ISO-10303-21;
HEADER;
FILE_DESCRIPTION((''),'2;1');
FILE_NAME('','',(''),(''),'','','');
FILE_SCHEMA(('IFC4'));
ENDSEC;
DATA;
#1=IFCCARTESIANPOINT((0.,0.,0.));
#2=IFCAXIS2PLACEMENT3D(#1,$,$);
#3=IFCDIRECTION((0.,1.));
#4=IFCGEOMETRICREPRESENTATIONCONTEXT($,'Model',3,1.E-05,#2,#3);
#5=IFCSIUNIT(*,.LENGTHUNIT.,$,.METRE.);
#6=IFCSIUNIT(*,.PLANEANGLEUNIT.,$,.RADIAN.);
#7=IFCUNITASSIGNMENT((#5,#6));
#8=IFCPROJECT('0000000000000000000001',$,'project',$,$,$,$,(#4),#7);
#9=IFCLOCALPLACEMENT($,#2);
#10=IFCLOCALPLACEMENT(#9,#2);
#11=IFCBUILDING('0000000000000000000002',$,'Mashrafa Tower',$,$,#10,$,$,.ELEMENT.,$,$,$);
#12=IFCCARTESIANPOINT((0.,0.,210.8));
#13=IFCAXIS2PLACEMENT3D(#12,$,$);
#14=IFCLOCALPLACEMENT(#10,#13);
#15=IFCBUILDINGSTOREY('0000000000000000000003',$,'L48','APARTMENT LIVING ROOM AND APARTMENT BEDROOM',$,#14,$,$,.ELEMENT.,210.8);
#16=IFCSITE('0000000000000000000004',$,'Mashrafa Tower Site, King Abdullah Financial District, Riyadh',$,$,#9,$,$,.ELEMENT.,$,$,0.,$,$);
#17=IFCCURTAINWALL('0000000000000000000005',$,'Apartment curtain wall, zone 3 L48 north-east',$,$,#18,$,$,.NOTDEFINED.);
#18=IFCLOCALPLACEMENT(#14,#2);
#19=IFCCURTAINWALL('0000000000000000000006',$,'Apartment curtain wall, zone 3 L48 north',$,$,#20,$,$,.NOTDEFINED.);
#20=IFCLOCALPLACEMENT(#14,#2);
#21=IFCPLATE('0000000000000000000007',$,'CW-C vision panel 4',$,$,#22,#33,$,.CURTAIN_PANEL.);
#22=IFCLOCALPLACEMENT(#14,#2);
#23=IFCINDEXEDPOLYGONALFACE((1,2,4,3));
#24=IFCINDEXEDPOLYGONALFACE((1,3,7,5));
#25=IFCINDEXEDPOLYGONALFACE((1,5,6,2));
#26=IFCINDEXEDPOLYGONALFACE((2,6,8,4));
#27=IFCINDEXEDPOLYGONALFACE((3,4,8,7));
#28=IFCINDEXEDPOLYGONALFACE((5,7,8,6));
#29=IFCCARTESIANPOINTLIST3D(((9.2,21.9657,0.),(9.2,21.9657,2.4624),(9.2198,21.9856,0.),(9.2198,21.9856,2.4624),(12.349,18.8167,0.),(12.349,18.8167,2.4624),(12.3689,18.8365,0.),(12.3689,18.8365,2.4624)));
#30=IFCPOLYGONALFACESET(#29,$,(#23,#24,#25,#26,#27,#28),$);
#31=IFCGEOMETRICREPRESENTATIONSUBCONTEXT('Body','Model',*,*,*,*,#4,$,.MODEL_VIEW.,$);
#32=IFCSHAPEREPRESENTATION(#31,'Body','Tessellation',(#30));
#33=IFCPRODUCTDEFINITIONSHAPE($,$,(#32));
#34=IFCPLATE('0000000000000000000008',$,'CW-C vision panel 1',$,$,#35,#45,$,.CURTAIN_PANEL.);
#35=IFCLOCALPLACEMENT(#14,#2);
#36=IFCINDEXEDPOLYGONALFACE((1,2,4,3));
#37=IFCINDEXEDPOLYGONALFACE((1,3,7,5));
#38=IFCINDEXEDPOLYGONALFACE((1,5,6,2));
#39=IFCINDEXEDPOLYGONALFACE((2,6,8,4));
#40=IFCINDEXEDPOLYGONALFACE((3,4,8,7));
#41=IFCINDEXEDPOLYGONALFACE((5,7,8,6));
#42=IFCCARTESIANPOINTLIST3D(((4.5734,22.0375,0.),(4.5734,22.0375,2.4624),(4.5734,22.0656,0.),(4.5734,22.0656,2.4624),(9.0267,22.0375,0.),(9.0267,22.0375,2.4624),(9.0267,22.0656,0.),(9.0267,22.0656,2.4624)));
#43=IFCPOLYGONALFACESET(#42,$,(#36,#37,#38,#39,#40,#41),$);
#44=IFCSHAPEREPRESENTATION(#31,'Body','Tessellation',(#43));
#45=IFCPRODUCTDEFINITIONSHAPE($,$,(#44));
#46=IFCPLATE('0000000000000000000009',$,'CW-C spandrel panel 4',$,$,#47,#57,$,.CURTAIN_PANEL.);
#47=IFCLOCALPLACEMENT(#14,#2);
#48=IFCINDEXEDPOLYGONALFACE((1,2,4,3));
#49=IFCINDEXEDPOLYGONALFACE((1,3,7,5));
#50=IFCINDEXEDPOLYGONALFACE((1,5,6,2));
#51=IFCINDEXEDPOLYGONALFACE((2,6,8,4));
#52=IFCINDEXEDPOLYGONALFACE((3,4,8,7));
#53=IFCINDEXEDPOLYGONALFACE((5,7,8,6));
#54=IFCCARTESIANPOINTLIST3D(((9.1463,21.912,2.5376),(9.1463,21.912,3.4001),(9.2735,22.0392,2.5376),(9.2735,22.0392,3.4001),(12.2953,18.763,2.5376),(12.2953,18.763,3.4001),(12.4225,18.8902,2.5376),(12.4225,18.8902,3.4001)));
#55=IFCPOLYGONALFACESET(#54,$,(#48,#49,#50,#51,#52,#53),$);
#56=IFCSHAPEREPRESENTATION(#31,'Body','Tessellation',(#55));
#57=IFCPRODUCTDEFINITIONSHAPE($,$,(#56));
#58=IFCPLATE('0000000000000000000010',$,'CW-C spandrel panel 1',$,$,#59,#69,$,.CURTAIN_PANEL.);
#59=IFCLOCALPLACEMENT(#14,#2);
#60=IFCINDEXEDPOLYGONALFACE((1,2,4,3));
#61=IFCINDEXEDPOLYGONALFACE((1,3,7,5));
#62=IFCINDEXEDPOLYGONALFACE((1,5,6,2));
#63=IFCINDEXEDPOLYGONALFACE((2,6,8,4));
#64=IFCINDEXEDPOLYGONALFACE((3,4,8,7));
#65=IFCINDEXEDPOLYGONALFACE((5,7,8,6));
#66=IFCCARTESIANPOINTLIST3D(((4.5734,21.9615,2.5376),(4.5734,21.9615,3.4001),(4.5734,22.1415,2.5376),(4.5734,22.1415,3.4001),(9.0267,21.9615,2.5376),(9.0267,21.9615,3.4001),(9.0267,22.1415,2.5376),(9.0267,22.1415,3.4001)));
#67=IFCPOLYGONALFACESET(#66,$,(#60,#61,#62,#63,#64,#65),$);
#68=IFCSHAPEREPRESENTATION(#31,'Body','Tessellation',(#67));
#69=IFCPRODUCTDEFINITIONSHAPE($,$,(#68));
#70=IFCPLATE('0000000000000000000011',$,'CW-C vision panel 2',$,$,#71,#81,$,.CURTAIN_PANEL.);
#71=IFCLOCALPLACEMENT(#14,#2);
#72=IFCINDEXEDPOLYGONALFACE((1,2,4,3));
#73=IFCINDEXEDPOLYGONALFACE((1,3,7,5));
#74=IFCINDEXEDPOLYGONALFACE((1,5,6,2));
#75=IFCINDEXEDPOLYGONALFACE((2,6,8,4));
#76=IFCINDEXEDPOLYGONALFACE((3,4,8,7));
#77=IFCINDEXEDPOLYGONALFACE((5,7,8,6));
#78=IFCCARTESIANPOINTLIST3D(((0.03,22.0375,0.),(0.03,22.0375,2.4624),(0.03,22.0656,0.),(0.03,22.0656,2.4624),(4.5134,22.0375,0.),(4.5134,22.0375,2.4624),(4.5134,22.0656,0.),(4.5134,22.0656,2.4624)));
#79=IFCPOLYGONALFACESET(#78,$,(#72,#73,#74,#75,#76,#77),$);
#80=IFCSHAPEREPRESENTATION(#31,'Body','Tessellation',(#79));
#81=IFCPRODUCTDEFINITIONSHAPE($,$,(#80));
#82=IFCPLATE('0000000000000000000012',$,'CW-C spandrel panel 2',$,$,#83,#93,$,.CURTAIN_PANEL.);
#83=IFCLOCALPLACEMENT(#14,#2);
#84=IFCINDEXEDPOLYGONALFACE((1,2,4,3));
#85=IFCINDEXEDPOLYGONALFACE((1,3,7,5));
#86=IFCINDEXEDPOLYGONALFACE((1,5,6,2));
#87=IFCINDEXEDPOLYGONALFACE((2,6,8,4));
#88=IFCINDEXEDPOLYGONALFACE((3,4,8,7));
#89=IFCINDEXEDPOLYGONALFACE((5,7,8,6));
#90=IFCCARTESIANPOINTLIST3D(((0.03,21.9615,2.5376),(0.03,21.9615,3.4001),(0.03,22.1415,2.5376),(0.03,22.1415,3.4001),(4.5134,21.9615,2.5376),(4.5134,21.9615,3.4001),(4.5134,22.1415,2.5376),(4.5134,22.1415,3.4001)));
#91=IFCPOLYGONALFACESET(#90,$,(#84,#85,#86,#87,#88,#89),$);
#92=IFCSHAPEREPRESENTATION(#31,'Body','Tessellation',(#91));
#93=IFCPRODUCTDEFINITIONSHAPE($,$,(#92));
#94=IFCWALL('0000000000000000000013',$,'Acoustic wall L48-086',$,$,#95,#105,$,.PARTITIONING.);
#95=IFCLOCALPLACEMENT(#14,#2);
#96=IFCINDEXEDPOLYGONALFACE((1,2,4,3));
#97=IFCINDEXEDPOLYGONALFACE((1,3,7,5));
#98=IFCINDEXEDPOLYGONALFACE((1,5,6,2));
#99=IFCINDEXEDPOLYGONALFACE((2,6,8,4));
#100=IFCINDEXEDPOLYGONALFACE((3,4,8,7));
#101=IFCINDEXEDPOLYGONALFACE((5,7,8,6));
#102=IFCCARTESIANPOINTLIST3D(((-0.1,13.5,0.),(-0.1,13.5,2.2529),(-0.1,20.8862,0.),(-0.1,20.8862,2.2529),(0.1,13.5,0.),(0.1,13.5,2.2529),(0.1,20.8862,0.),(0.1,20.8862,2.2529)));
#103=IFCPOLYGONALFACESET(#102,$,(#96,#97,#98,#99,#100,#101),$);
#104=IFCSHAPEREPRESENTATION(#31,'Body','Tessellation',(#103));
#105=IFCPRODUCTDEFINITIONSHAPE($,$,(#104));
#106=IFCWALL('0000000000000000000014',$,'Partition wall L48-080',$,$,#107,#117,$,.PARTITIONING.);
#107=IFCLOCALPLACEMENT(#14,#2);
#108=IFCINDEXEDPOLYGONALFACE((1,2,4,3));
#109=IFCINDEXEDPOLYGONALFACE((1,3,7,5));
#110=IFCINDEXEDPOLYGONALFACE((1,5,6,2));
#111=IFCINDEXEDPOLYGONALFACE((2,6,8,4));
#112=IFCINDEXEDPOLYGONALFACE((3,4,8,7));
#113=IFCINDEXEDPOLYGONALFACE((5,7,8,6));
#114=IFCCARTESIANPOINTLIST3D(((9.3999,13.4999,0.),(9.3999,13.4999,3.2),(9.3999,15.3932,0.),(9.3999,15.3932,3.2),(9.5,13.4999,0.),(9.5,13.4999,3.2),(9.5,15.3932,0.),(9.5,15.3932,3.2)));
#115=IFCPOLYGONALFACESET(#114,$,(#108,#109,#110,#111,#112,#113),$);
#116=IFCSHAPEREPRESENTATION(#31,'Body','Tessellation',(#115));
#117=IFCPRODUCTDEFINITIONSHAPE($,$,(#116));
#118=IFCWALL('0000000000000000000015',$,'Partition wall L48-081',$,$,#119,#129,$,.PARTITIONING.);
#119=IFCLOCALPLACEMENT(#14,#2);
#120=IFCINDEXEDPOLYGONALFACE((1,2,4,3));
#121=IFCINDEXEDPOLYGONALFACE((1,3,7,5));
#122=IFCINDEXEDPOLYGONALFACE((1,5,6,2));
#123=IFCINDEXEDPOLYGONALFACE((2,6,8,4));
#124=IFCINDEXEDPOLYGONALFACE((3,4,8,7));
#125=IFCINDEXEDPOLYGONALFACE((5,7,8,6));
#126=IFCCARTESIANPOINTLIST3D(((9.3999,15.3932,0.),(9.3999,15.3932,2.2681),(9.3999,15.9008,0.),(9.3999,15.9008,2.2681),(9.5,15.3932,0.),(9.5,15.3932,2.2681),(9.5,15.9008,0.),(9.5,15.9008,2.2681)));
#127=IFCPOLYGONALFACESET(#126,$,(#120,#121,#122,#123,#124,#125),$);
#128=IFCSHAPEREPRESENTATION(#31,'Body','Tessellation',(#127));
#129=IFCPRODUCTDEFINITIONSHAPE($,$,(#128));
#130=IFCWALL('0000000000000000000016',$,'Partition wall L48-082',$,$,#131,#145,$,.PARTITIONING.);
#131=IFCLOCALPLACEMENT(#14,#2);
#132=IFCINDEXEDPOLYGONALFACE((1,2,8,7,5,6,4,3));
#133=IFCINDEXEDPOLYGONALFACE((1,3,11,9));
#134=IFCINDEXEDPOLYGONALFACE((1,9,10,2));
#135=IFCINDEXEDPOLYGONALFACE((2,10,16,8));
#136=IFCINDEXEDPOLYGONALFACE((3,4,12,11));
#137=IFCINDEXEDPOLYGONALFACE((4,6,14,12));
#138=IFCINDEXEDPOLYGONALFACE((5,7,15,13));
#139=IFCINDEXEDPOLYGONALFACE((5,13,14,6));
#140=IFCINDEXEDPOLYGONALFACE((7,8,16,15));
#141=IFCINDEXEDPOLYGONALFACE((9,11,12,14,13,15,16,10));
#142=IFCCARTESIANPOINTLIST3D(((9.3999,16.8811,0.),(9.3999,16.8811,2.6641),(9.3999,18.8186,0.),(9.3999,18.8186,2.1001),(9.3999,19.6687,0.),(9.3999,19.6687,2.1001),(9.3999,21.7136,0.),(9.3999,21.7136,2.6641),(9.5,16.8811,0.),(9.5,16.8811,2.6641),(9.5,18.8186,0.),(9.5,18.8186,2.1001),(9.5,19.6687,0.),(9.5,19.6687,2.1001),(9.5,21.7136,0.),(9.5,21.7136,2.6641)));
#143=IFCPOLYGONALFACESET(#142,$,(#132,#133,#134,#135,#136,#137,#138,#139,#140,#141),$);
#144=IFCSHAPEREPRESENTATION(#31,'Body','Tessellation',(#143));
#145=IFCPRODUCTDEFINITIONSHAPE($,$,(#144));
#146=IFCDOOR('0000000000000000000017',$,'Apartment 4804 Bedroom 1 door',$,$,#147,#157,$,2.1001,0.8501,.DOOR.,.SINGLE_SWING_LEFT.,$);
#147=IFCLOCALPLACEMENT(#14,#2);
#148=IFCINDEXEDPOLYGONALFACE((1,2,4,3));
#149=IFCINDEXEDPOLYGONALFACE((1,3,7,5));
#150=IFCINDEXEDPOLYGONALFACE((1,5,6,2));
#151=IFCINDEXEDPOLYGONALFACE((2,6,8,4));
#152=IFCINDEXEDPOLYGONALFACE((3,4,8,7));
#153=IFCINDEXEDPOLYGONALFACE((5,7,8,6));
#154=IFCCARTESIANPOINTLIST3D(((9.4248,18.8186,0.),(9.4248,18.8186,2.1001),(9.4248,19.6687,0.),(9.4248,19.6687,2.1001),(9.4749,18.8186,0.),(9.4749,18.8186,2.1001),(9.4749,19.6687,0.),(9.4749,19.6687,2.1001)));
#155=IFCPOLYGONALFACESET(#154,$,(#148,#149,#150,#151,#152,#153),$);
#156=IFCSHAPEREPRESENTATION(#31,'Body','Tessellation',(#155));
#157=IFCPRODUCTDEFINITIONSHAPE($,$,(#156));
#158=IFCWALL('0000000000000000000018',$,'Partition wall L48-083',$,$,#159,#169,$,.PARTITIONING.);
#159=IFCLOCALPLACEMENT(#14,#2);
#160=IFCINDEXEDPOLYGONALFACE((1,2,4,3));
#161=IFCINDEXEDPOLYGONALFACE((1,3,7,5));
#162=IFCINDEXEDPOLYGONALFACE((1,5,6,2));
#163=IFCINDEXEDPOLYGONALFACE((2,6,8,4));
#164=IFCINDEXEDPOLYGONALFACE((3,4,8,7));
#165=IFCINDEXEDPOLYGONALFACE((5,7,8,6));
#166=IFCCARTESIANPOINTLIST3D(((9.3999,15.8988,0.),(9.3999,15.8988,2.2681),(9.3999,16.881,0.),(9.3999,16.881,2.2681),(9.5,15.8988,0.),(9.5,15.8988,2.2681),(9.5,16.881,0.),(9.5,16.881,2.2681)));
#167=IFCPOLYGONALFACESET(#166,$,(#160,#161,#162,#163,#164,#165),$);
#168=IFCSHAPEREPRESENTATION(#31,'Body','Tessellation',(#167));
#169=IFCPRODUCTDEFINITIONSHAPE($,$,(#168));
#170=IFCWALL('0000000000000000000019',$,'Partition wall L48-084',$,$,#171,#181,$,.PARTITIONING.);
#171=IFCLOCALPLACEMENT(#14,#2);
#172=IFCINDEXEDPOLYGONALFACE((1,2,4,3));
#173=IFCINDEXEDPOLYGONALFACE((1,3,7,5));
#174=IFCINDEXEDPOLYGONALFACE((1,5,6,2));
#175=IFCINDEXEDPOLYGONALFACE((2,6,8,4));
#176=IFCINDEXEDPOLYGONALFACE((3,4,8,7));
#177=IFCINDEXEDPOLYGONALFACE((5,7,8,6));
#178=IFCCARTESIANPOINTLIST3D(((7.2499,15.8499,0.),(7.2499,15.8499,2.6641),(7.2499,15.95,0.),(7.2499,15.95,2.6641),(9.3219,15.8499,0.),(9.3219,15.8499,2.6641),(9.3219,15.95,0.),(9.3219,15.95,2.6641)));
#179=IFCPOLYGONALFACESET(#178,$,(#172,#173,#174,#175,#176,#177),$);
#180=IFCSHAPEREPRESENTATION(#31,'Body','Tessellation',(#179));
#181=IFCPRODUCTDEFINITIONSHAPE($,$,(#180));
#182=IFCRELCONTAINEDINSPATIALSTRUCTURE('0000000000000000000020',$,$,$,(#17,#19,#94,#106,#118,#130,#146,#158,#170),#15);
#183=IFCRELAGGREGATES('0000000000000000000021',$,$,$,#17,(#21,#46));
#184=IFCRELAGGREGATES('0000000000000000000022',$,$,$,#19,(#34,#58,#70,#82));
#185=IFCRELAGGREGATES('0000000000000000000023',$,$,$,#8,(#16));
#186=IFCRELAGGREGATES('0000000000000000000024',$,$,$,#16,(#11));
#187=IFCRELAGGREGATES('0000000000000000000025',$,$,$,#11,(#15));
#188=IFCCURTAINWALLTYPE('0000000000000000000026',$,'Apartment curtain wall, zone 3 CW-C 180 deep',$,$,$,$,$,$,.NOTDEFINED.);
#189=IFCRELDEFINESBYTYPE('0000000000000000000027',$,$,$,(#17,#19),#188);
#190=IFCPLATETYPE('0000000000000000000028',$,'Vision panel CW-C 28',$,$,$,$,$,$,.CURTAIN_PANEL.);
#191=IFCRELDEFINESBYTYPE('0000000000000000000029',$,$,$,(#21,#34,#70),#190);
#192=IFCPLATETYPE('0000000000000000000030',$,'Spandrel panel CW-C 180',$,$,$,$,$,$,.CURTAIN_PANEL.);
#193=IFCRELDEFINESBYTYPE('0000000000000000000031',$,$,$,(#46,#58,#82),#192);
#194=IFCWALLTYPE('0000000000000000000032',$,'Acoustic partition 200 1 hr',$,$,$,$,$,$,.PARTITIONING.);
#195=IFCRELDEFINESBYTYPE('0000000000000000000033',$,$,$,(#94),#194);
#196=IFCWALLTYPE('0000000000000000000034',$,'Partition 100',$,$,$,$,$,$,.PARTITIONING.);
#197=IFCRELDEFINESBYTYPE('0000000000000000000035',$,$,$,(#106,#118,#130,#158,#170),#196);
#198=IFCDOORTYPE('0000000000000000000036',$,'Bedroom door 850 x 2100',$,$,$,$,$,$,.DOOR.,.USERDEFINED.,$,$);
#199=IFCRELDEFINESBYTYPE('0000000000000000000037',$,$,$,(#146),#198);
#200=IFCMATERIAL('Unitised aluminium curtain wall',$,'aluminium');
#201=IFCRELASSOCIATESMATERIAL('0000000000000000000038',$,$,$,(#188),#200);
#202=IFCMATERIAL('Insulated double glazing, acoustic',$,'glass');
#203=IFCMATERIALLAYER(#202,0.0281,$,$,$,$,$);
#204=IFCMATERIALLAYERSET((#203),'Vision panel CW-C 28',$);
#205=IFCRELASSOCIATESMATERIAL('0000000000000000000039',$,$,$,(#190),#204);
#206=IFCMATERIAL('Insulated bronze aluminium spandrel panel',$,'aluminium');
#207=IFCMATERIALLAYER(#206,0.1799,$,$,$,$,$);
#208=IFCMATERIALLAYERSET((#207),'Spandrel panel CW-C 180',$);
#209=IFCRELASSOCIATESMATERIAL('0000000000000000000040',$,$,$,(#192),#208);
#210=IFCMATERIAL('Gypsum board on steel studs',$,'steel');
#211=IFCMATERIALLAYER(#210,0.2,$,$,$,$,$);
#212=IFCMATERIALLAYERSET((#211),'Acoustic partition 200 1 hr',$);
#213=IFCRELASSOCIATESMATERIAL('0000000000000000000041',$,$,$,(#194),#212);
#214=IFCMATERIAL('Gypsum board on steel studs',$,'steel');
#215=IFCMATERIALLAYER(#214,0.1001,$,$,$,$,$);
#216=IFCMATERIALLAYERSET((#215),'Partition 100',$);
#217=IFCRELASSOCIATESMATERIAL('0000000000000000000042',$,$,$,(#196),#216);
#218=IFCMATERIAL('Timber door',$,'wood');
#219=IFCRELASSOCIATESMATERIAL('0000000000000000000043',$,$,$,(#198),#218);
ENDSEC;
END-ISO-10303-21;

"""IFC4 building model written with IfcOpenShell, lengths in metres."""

from ifc_helpers import new_model, si_unit, direction, frame, frame_2d, origin, origin_2d, place, context, subcontext, project, spatial, rectangle, extrude, source, transform, mapped, material, layer, layer_set, type_object, type_shapes, element, fill, aggregate, save


model = new_model("IFC4")

# Units and contexts
model_context = context("Model", 3, precision=1e-05, world=origin(), true_north=direction((0.0, 1.0)))
body_context = subcontext(model_context, "Body", "Model", "MODEL_VIEW")
ifc_project = project(units=[si_unit("LENGTHUNIT", "METRE"), si_unit("PLANEANGLEUNIT", "RADIAN")], contexts=[model_context])

# Site, building, storey
site_placement = place(None, origin())
site = spatial("IfcSite", under=ifc_project, at=site_placement, Name="Mashrafa Tower Site, King Abdullah Financial District, Riyadh", CompositionType="ELEMENT", RefElevation=0.0)
building_placement = place(site_placement, origin())
building = spatial("IfcBuilding", under=site, at=building_placement, Name="Mashrafa Tower", CompositionType="ELEMENT")
storey_placement = place(building_placement, frame((0.0, 0.0, 210.8)))
storey = spatial("IfcBuildingStorey", under=building, at=storey_placement, Name="L48", Description="APARTMENT LIVING ROOM AND APARTMENT BEDROOM", CompositionType="ELEMENT", Elevation=210.8)

# Curtain wall
ifc_material_1 = material(Name="Unitised aluminium curtain wall", Category="aluminium")
curtain_wall_type = type_object("IfcCurtainWallType", Name="Apartment curtain wall, zone 3 CW-C 180 deep", PredefinedType="NOTDEFINED", material=ifc_material_1)
curtain_wall_1_placement = place(storey_placement, origin())
curtain_wall_1 = element("IfcCurtainWall", 1, at=curtain_wall_1_placement, inside=storey, type_object=curtain_wall_type, Name="Apartment curtain wall, zone 3 L48 north-east", PredefinedType="NOTDEFINED")

# Curtain wall
curtain_wall_2_placement = place(storey_placement, origin())
curtain_wall_2 = element("IfcCurtainWall", 2, at=curtain_wall_2_placement, inside=storey, type_object=curtain_wall_type, Name="Apartment curtain wall, zone 3 L48 north", PredefinedType="NOTDEFINED")

# Plates
ifc_material_2 = material(Name="Insulated double glazing, acoustic", Category="glass")
ifc_layer_1 = layer(ifc_material_2, 0.0281)
ifc_layer_set_1 = layer_set([ifc_layer_1], Name="Vision panel CW-C 28")
plate_type_1 = type_object("IfcPlateType", Name="Vision panel CW-C 28", PredefinedType="CURTAIN_PANEL", material=ifc_layer_set_1)
shared_shape_1 = source(origin(), body_context, "Body", "SweptSolid", [
    extrude(rectangle(XDim=4.4534, YDim=0.0281, at=origin_2d()), origin(), (0.0, 0.0, 1.0), 2.4624),
])
plate_1_placement = place(storey_placement, frame((10.7844, 20.4011, 0.0), z_axis=(0.0, 0.0, 1.0), x_axis=(-0.707107, 0.707107, 0.0)))
plate_1 = element("IfcPlate", 3, at=plate_1_placement, type_object=plate_type_1, Name="CW-C vision panel 4", PredefinedType="CURTAIN_PANEL", context=body_context, shape_type="MappedRepresentation", body=[
    mapped(shared_shape_1, transform((0.0, 0.0, 0.0))),
])
plate_2_placement = place(storey_placement, frame((6.8, 22.0515, 0.0), z_axis=(0.0, 0.0, 1.0), x_axis=(-1.0, 0.0, 0.0)))
plate_2 = element("IfcPlate", 4, at=plate_2_placement, type_object=plate_type_1, Name="CW-C vision panel 1", PredefinedType="CURTAIN_PANEL", context=body_context, shape_type="MappedRepresentation", body=[
    mapped(shared_shape_1, transform((0.0, 0.0, 0.0))),
])
ifc_material_3 = material(Name="Insulated bronze aluminium spandrel panel", Category="aluminium")
ifc_layer_2 = layer(ifc_material_3, 0.1799)
ifc_layer_set_2 = layer_set([ifc_layer_2], Name="Spandrel panel CW-C 180")
plate_type_2 = type_object("IfcPlateType", Name="Spandrel panel CW-C 180", PredefinedType="CURTAIN_PANEL", material=ifc_layer_set_2)
shared_shape_2 = source(origin(), body_context, "Body", "SweptSolid", [
    extrude(rectangle(XDim=4.4534, YDim=0.1799, at=origin_2d()), origin(), (0.0, 0.0, 1.0), 0.8625),
])
plate_3_placement = place(storey_placement, frame((10.7844, 20.4011, 2.5376), z_axis=(0.0, 0.0, 1.0), x_axis=(-0.707107, 0.707107, 0.0)))
plate_3 = element("IfcPlate", 5, at=plate_3_placement, type_object=plate_type_2, Name="CW-C spandrel panel 4", PredefinedType="CURTAIN_PANEL", context=body_context, shape_type="MappedRepresentation", body=[
    mapped(shared_shape_2, transform((0.0, 0.0, 0.0))),
])
aggregate(curtain_wall_1, [plate_1, plate_3])
plate_4_placement = place(storey_placement, frame((6.8, 22.0515, 2.5376), z_axis=(0.0, 0.0, 1.0), x_axis=(-1.0, 0.0, 0.0)))
plate_4 = element("IfcPlate", 6, at=plate_4_placement, type_object=plate_type_2, Name="CW-C spandrel panel 1", PredefinedType="CURTAIN_PANEL", context=body_context, shape_type="MappedRepresentation", body=[
    mapped(shared_shape_2, transform((0.0, 0.0, 0.0))),
])
shared_shape_3 = source(origin(), body_context, "Body", "SweptSolid", [
    extrude(rectangle(XDim=4.4834, YDim=0.0281, at=origin_2d()), origin(), (0.0, 0.0, 1.0), 2.4624),
])
type_shapes(plate_type_1, [shared_shape_1, shared_shape_3])
plate_5_placement = place(storey_placement, frame((2.2717, 22.0515, 0.0), z_axis=(0.0, 0.0, 1.0), x_axis=(-1.0, 0.0, 0.0)))
plate_5 = element("IfcPlate", 7, at=plate_5_placement, type_object=plate_type_1, Name="CW-C vision panel 2", PredefinedType="CURTAIN_PANEL", context=body_context, shape_type="MappedRepresentation", body=[
    mapped(shared_shape_3, transform((0.0, 0.0, 0.0))),
])
shared_shape_4 = source(origin(), body_context, "Body", "SweptSolid", [
    extrude(rectangle(XDim=4.4834, YDim=0.1799, at=origin_2d()), origin(), (0.0, 0.0, 1.0), 0.8625),
])
type_shapes(plate_type_2, [shared_shape_2, shared_shape_4])
plate_6_placement = place(storey_placement, frame((2.2717, 22.0515, 2.5376), z_axis=(0.0, 0.0, 1.0), x_axis=(-1.0, 0.0, 0.0)))
plate_6 = element("IfcPlate", 8, at=plate_6_placement, type_object=plate_type_2, Name="CW-C spandrel panel 2", PredefinedType="CURTAIN_PANEL", context=body_context, shape_type="MappedRepresentation", body=[
    mapped(shared_shape_4, transform((0.0, 0.0, 0.0))),
])
aggregate(curtain_wall_2, [plate_2, plate_4, plate_5, plate_6])

# Walls
ifc_material_4 = material(Name="Gypsum board on steel studs", Category="steel")
ifc_layer_3 = layer(ifc_material_4, 0.2)
ifc_layer_set_3 = layer_set([ifc_layer_3], Name="Acoustic partition 200 1 hr")
wall_type_1 = type_object("IfcWallType", Name="Acoustic partition 200 1 hr", PredefinedType="PARTITIONING", material=ifc_layer_set_3)
wall_1_placement = place(storey_placement, frame((0.0, 20.8862, 0.0), z_axis=(0.0, 0.0, 1.0), x_axis=(0.0, -1.0, 0.0)))
element("IfcWall", 9, at=wall_1_placement, inside=storey, type_object=wall_type_1, Name="Acoustic wall L48-086", PredefinedType="PARTITIONING", context=body_context, shape_type="SweptSolid", body=[
    extrude(rectangle(XDim=7.3862, YDim=0.2, at=frame_2d((3.6931, 0.0))), origin(), (0.0, 0.0, 1.0), 2.2529),
])
ifc_material_5 = material(Name="Gypsum board on steel studs", Category="steel")
ifc_layer_4 = layer(ifc_material_5, 0.1001)
ifc_layer_set_4 = layer_set([ifc_layer_4], Name="Partition 100")
wall_type_2 = type_object("IfcWallType", Name="Partition 100", PredefinedType="PARTITIONING", material=ifc_layer_set_4)
wall_2_placement = place(storey_placement, frame((9.45, 15.3933, 0.0), z_axis=(0.0, 0.0, 1.0), x_axis=(0.0, -1.0, 0.0)))
element("IfcWall", 10, at=wall_2_placement, inside=storey, type_object=wall_type_2, Name="Partition wall L48-080", PredefinedType="PARTITIONING", context=body_context, shape_type="SweptSolid", body=[
    extrude(rectangle(XDim=1.8933, YDim=0.1001, at=frame_2d((0.9468, 0.0))), origin(), (0.0, 0.0, 1.0), 3.2),
])
wall_3_placement = place(storey_placement, frame((9.45, 15.9009, 0.0), z_axis=(0.0, 0.0, 1.0), x_axis=(0.0, -1.0, 0.0)))
element("IfcWall", 11, at=wall_3_placement, inside=storey, type_object=wall_type_2, Name="Partition wall L48-081", PredefinedType="PARTITIONING", context=body_context, shape_type="SweptSolid", body=[
    extrude(rectangle(XDim=0.5076, YDim=0.1001, at=frame_2d((0.2539, 0.0))), origin(), (0.0, 0.0, 1.0), 2.2681),
])

# Wall, opening, door
wall_4_placement = place(storey_placement, frame((9.45, 21.7136, 0.0), z_axis=(0.0, 0.0, 1.0), x_axis=(0.0, -1.0, 0.0)))
wall_4 = element("IfcWall", 12, at=wall_4_placement, inside=storey, type_object=wall_type_2, Name="Partition wall L48-082", PredefinedType="PARTITIONING", context=body_context, shape_type="SweptSolid", body=[
    extrude(rectangle(XDim=4.8325, YDim=0.1001, at=frame_2d((2.4163, 0.0))), origin(), (0.0, 0.0, 1.0), 2.6641),
])
opening_1_placement = place(wall_4_placement, frame((2.0449, 0.0, 0.0)))
opening_1 = element("IfcOpeningElement", 13, at=opening_1_placement, cuts=wall_4, PredefinedType="OPENING", context=body_context, shape_type="SweptSolid", body=[
    extrude(rectangle(XDim=0.8501, YDim=2.1001, at=frame_2d((0.425, 1.05))), frame((0.0, 0.0601, 0.0), z_axis=(0.0, -1.0, 0.0), x_axis=(1.0, 0.0, 0.0)), (0.0, 0.0, 1.0), 0.1201),
])
ifc_material_6 = material(Name="Timber door", Category="wood")
door_type_1 = type_object("IfcDoorType", Name="Bedroom door 850 x 2100", OperationType="USERDEFINED", PredefinedType="DOOR", material=ifc_material_6)
door_1_placement = place(opening_1_placement, origin())
door_1 = element("IfcDoor", 14, at=door_1_placement, inside=storey, type_object=door_type_1, Name="Apartment 4804 Bedroom 1 door", OperationType="SINGLE_SWING_LEFT", OverallHeight=2.1001, OverallWidth=0.8501, PredefinedType="DOOR", context=body_context, shape_type="SweptSolid", body=[
    extrude(rectangle(XDim=0.8501, YDim=2.1001, at=frame_2d((0.425, 1.05))), frame((0.0, 0.0249, 0.0), z_axis=(0.0, -1.0, 0.0), x_axis=(1.0, 0.0, 0.0)), (0.0, 0.0, 1.0), 0.05),
])
fill(opening_1, door_1)

# Walls
wall_5_placement = place(storey_placement, frame((9.45, 16.8811, 0.0), z_axis=(0.0, 0.0, 1.0), x_axis=(0.0, -1.0, 0.0)))
element("IfcWall", 15, at=wall_5_placement, inside=storey, type_object=wall_type_2, Name="Partition wall L48-083", PredefinedType="PARTITIONING", context=body_context, shape_type="SweptSolid", body=[
    extrude(rectangle(XDim=0.9822, YDim=0.1001, at=frame_2d((0.4912, 0.0))), origin(), (0.0, 0.0, 1.0), 2.2681),
])
wall_6_placement = place(storey_placement, frame((9.322, 15.8999, 0.0), z_axis=(0.0, 0.0, 1.0), x_axis=(-1.0, 0.0, 0.0)))
element("IfcWall", 16, at=wall_6_placement, inside=storey, type_object=wall_type_2, Name="Partition wall L48-084", PredefinedType="PARTITIONING", context=body_context, shape_type="SweptSolid", body=[
    extrude(rectangle(XDim=2.072, YDim=0.1001, at=frame_2d((1.0361, 0.0))), origin(), (0.0, 0.0, 1.0), 2.6641),
])

save(model, "model.ifc")
